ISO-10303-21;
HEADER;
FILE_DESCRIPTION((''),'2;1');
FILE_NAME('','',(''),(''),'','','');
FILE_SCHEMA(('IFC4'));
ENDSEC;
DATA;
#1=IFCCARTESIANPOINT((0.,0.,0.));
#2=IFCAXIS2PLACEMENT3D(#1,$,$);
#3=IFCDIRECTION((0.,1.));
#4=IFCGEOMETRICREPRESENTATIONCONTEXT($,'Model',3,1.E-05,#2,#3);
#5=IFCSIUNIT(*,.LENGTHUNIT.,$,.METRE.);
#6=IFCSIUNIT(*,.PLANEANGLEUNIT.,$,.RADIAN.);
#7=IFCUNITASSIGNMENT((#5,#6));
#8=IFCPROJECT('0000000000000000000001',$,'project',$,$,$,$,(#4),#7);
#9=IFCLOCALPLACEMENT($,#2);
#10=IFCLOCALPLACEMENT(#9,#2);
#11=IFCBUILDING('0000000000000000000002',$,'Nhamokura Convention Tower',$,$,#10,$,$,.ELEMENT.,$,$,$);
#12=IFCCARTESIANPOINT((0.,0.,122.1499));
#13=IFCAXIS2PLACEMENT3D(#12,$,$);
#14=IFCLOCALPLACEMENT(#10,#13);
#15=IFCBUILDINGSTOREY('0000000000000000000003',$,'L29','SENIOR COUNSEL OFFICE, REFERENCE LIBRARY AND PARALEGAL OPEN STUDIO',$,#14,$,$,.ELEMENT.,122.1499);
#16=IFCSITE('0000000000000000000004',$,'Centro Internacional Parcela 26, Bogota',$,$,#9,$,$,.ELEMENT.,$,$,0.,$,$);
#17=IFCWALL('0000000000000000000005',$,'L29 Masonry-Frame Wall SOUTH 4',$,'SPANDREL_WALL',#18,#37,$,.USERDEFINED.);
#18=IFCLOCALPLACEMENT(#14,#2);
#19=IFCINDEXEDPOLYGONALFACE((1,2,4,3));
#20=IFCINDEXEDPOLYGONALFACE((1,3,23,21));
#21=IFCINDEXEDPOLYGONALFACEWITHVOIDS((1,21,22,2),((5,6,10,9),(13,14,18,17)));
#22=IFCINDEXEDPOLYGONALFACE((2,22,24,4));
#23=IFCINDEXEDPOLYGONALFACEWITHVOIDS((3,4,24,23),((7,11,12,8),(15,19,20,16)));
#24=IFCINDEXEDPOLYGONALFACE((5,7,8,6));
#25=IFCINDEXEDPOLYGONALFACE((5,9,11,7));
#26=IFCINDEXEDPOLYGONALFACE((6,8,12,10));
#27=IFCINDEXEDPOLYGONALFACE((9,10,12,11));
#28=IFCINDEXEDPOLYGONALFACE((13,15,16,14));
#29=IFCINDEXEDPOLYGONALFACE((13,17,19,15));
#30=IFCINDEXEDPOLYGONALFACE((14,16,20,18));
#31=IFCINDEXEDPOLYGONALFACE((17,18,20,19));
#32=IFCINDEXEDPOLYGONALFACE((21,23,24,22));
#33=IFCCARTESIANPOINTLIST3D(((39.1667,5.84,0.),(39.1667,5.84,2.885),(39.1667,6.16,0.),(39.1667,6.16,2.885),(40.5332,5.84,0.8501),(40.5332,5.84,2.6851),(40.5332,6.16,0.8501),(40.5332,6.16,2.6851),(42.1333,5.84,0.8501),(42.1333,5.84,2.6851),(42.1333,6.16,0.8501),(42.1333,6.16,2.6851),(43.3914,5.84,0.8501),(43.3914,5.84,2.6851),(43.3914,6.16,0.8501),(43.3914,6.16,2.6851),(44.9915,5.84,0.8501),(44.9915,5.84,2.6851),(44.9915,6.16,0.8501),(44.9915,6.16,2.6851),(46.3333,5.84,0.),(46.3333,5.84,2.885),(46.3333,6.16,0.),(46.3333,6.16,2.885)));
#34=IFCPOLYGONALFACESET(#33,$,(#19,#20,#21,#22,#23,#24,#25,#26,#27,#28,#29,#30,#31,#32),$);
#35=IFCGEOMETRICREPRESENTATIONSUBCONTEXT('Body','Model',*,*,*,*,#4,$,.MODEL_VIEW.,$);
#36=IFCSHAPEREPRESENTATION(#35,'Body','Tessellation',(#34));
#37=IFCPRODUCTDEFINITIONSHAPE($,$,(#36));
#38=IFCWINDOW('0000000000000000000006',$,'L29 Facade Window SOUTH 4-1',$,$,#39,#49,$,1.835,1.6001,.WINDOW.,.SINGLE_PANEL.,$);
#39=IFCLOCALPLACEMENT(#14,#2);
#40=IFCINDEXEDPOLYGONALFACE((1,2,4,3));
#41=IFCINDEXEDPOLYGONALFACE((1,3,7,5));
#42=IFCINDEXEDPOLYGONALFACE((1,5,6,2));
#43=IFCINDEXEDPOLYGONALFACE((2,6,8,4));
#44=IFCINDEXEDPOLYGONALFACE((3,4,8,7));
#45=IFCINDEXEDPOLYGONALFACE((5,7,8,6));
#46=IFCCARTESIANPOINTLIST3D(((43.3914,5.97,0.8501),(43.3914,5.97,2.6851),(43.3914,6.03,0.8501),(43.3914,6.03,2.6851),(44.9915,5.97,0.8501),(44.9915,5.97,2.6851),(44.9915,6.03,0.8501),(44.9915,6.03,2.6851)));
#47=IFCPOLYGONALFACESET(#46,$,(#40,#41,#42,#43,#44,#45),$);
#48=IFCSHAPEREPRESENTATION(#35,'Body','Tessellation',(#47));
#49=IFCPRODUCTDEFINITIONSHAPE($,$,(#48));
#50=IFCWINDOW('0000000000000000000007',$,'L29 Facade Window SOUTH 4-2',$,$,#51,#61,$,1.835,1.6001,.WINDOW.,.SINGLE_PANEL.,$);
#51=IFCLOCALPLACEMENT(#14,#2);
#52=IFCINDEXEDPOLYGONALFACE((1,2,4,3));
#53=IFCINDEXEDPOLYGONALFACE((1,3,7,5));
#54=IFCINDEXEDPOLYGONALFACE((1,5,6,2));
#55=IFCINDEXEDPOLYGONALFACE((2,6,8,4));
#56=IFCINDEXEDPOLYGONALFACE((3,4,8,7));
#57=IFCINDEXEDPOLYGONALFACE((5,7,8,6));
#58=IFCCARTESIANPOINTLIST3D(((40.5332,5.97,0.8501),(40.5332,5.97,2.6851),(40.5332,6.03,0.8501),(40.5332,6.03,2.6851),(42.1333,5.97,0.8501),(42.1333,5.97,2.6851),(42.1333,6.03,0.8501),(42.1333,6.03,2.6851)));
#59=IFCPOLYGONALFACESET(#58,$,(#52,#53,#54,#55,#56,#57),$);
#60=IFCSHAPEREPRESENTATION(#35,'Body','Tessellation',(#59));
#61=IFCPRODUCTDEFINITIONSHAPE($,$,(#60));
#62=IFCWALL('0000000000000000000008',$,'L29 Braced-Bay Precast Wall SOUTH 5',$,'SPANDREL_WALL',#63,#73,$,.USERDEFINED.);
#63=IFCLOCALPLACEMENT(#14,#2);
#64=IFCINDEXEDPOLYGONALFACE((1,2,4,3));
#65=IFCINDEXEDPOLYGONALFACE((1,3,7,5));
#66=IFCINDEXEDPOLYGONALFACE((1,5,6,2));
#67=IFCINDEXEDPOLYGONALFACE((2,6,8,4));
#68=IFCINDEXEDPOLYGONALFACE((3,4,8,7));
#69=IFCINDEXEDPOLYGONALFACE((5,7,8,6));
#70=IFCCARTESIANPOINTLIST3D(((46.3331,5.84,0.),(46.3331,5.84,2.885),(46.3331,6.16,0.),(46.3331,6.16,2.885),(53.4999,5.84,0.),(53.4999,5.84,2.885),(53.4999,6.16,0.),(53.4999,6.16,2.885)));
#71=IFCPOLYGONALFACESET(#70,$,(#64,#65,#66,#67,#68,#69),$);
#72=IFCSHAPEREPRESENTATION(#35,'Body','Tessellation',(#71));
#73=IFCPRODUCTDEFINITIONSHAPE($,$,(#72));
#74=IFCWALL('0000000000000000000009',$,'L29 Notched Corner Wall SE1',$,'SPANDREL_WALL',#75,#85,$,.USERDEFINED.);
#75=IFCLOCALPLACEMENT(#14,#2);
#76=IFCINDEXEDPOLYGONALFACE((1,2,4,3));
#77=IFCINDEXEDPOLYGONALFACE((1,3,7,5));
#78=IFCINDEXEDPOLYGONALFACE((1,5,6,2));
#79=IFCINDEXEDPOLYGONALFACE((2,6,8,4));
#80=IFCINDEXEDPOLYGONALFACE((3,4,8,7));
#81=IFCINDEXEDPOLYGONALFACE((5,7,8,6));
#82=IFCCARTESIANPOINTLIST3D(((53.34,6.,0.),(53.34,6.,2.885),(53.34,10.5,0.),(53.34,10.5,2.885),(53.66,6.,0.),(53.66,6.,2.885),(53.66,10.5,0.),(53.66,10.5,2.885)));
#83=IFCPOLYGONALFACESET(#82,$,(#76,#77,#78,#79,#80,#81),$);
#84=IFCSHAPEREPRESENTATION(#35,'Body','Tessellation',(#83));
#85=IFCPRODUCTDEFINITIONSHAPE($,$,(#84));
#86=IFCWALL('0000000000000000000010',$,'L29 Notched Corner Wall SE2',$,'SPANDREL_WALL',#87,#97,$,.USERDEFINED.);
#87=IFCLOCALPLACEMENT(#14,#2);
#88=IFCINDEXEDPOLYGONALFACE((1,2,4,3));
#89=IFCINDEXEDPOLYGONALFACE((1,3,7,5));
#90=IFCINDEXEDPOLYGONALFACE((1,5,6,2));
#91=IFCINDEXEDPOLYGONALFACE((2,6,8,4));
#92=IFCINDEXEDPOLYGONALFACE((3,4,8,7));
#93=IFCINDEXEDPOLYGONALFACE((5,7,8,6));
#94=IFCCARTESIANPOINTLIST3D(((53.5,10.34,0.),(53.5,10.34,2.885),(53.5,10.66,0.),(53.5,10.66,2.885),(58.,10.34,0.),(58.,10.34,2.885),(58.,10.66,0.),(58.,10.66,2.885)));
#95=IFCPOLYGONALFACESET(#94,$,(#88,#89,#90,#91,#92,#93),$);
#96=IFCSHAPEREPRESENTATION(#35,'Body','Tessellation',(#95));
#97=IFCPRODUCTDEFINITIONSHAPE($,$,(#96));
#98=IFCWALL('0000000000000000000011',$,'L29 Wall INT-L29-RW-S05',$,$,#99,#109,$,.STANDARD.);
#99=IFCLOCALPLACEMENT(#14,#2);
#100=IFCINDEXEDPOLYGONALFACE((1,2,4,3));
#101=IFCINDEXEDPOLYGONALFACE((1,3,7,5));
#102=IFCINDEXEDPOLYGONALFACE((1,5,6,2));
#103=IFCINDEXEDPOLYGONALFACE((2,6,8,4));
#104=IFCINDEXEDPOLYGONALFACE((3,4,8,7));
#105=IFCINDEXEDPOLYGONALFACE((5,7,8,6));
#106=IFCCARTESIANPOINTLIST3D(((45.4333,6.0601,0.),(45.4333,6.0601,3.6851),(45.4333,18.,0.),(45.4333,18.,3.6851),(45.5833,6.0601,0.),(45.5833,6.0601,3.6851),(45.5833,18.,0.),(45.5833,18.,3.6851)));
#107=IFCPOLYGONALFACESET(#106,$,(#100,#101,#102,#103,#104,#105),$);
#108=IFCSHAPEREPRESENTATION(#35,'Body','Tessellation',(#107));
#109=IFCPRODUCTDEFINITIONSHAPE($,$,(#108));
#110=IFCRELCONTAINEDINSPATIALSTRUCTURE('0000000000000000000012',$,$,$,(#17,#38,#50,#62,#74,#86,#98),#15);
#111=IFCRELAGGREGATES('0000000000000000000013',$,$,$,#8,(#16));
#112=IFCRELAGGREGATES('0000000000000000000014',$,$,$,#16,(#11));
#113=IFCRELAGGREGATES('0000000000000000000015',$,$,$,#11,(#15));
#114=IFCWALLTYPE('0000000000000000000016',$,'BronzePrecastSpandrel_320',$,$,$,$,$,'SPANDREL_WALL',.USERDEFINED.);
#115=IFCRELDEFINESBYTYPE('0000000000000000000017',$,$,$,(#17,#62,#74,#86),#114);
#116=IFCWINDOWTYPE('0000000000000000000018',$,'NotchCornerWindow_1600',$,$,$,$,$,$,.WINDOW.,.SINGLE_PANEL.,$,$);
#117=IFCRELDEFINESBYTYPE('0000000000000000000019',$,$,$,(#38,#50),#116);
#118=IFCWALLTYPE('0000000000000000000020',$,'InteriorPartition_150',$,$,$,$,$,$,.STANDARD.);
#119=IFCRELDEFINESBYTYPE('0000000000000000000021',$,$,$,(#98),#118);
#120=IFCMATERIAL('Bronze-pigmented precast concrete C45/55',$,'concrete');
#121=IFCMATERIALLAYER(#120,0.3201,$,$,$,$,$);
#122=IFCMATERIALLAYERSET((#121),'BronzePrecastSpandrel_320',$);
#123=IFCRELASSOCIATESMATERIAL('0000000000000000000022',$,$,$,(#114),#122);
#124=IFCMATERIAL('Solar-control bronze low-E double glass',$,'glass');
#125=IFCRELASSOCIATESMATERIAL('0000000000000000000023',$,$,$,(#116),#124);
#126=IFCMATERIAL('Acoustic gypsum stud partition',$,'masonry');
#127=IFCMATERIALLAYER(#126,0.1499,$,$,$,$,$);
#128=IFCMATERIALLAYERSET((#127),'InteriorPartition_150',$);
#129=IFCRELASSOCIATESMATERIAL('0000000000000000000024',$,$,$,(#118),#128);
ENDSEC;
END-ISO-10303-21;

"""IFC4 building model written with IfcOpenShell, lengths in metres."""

from ifc_helpers import new_model, si_unit, direction, frame, frame_2d, origin, place, context, subcontext, project, spatial, rectangle, extrude, material, layer, layer_set, type_object, element, fill, save


model = new_model("IFC4")

# Units and contexts
model_context = context("Model", 3, precision=1e-05, world=origin(), true_north=direction((0.0, 1.0)))
body_context = subcontext(model_context, "Body", "Model", "MODEL_VIEW")
ifc_project = project(units=[si_unit("LENGTHUNIT", "METRE"), si_unit("PLANEANGLEUNIT", "RADIAN")], contexts=[model_context])

# Site, building, storey
site_placement = place(None, origin())
site = spatial("IfcSite", under=ifc_project, at=site_placement, Name="Centro Internacional Parcela 26, Bogota", CompositionType="ELEMENT", RefElevation=0.0)
building_placement = place(site_placement, origin())
building = spatial("IfcBuilding", under=site, at=building_placement, Name="Nhamokura Convention Tower", CompositionType="ELEMENT")
storey_placement = place(building_placement, frame((0.0, 0.0, 122.1499)))
storey = spatial("IfcBuildingStorey", under=building, at=storey_placement, Name="L29", Description="SENIOR COUNSEL OFFICE, REFERENCE LIBRARY AND PARALEGAL OPEN STUDIO", CompositionType="ELEMENT", Elevation=122.1499)

# Wall, openings, windows
ifc_material_1 = material(Name="Bronze-pigmented precast concrete C45/55", Category="concrete")
ifc_layer_1 = layer(ifc_material_1, 0.3201)
ifc_layer_set_1 = layer_set([ifc_layer_1], Name="BronzePrecastSpandrel_320")
wall_type_1 = type_object("IfcWallType", Name="BronzePrecastSpandrel_320", ElementType="SPANDREL_WALL", PredefinedType="USERDEFINED", material=ifc_layer_set_1)
wall_1_placement = place(storey_placement, frame((46.3333, 6.0, 0.0), z_axis=(0.0, 0.0, 1.0), x_axis=(-1.0, 0.0, 0.0)))
wall_1 = element("IfcWall", 1, at=wall_1_placement, inside=storey, type_object=wall_type_1, Name="L29 Masonry-Frame Wall SOUTH 4", ObjectType="SPANDREL_WALL", PredefinedType="USERDEFINED", context=body_context, shape_type="SweptSolid", body=[
    extrude(rectangle(XDim=7.1665, YDim=0.3201, at=frame_2d((3.5833, 0.0))), origin(), (0.0, 0.0, 1.0), 2.885),
])
opening_1_placement = place(wall_1_placement, frame((1.3418, 0.0, 0.8501)))
opening_1 = element("IfcOpeningElement", 2, at=opening_1_placement, cuts=wall_1, PredefinedType="OPENING", context=body_context, shape_type="SweptSolid", body=[
    extrude(rectangle(XDim=1.6001, YDim=1.835, at=frame_2d((0.8, 0.9175))), frame((0.0, 0.1699, 0.0), z_axis=(0.0, -1.0, 0.0), x_axis=(1.0, 0.0, 0.0)), (0.0, 0.0, 1.0), 0.3401),
])
opening_2_placement = place(wall_1_placement, frame((4.2, 0.0, 0.8501)))
opening_2 = element("IfcOpeningElement", 3, at=opening_2_placement, cuts=wall_1, PredefinedType="OPENING", context=body_context, shape_type="SweptSolid", body=[
    extrude(rectangle(XDim=1.6001, YDim=1.835, at=frame_2d((0.8, 0.9175))), frame((0.0, 0.1699, 0.0), z_axis=(0.0, -1.0, 0.0), x_axis=(1.0, 0.0, 0.0)), (0.0, 0.0, 1.0), 0.3401),
])
ifc_material_2 = material(Name="Solar-control bronze low-E double glass", Category="glass")
window_type = type_object("IfcWindowType", Name="NotchCornerWindow_1600", PartitioningType="SINGLE_PANEL", PredefinedType="WINDOW", material=ifc_material_2)
window_1_placement = place(opening_1_placement, origin())
window_1 = element("IfcWindow", 4, at=window_1_placement, inside=storey, type_object=window_type, Name="L29 Facade Window SOUTH 4-1", OverallHeight=1.835, OverallWidth=1.6001, PartitioningType="SINGLE_PANEL", PredefinedType="WINDOW", context=body_context, shape_type="SweptSolid", body=[
    extrude(rectangle(XDim=1.6001, YDim=1.835, at=frame_2d((0.8, 0.9175))), frame((0.0, 0.03, 0.0), z_axis=(0.0, -1.0, 0.0), x_axis=(1.0, 0.0, 0.0)), (0.0, 0.0, 1.0), 0.0601),
])
fill(opening_1, window_1)
window_2_placement = place(opening_2_placement, origin())
window_2 = element("IfcWindow", 5, at=window_2_placement, inside=storey, type_object=window_type, Name="L29 Facade Window SOUTH 4-2", OverallHeight=1.835, OverallWidth=1.6001, PartitioningType="SINGLE_PANEL", PredefinedType="WINDOW", context=body_context, shape_type="SweptSolid", body=[
    extrude(rectangle(XDim=1.6001, YDim=1.835, at=frame_2d((0.8, 0.9175))), frame((0.0, 0.03, 0.0), z_axis=(0.0, -1.0, 0.0), x_axis=(1.0, 0.0, 0.0)), (0.0, 0.0, 1.0), 0.0601),
])
fill(opening_2, window_2)

# Walls
wall_2_placement = place(storey_placement, frame((53.5, 6.0, 0.0), z_axis=(0.0, 0.0, 1.0), x_axis=(-1.0, 0.0, 0.0)))
element("IfcWall", 6, at=wall_2_placement, inside=storey, type_object=wall_type_1, Name="L29 Braced-Bay Precast Wall SOUTH 5", ObjectType="SPANDREL_WALL", PredefinedType="USERDEFINED", context=body_context, shape_type="SweptSolid", body=[
    extrude(rectangle(XDim=7.1667, YDim=0.3201, at=frame_2d((3.5835, 0.0))), origin(), (0.0, 0.0, 1.0), 2.885),
])
for number, where, z_axis, x_axis, name in (
    (7, (53.5, 10.5, 0.0), (0.0, 0.0, 1.0), (0.0, -1.0, 0.0), "L29 Notched Corner Wall SE1"),
    (8, (58.0, 10.5, 0.0), (0.0, 0.0, 1.0), (-1.0, 0.0, 0.0), "L29 Notched Corner Wall SE2"),
):
    element("IfcWall", number, at=place(storey_placement, frame(where, z_axis=z_axis, x_axis=x_axis)), inside=storey, type_object=wall_type_1, Name=name, ObjectType="SPANDREL_WALL", PredefinedType="USERDEFINED", context=body_context, shape_type="SweptSolid", body=[
        extrude(rectangle(XDim=4.5, YDim=0.3201, at=frame_2d((2.25, 0.0))), origin(), (0.0, 0.0, 1.0), 2.885),
    ])
ifc_material_3 = material(Name="Acoustic gypsum stud partition", Category="masonry")
ifc_layer_2 = layer(ifc_material_3, 0.1499)
ifc_layer_set_2 = layer_set([ifc_layer_2], Name="InteriorPartition_150")
wall_type_2 = type_object("IfcWallType", Name="InteriorPartition_150", PredefinedType="STANDARD", material=ifc_layer_set_2)
wall_3_placement = place(storey_placement, frame((45.5083, 6.0601, 0.0), z_axis=(0.0, 0.0, 1.0), x_axis=(0.0, 1.0, 0.0)))
element("IfcWall", 9, at=wall_3_placement, inside=storey, type_object=wall_type_2, Name="L29 Wall INT-L29-RW-S05", PredefinedType="STANDARD", context=body_context, shape_type="SweptSolid", body=[
    extrude(rectangle(XDim=11.9399, YDim=0.1499, at=frame_2d((5.97, 0.0))), origin(), (0.0, 0.0, 1.0), 3.6851),
])

save(model, "model.ifc")
